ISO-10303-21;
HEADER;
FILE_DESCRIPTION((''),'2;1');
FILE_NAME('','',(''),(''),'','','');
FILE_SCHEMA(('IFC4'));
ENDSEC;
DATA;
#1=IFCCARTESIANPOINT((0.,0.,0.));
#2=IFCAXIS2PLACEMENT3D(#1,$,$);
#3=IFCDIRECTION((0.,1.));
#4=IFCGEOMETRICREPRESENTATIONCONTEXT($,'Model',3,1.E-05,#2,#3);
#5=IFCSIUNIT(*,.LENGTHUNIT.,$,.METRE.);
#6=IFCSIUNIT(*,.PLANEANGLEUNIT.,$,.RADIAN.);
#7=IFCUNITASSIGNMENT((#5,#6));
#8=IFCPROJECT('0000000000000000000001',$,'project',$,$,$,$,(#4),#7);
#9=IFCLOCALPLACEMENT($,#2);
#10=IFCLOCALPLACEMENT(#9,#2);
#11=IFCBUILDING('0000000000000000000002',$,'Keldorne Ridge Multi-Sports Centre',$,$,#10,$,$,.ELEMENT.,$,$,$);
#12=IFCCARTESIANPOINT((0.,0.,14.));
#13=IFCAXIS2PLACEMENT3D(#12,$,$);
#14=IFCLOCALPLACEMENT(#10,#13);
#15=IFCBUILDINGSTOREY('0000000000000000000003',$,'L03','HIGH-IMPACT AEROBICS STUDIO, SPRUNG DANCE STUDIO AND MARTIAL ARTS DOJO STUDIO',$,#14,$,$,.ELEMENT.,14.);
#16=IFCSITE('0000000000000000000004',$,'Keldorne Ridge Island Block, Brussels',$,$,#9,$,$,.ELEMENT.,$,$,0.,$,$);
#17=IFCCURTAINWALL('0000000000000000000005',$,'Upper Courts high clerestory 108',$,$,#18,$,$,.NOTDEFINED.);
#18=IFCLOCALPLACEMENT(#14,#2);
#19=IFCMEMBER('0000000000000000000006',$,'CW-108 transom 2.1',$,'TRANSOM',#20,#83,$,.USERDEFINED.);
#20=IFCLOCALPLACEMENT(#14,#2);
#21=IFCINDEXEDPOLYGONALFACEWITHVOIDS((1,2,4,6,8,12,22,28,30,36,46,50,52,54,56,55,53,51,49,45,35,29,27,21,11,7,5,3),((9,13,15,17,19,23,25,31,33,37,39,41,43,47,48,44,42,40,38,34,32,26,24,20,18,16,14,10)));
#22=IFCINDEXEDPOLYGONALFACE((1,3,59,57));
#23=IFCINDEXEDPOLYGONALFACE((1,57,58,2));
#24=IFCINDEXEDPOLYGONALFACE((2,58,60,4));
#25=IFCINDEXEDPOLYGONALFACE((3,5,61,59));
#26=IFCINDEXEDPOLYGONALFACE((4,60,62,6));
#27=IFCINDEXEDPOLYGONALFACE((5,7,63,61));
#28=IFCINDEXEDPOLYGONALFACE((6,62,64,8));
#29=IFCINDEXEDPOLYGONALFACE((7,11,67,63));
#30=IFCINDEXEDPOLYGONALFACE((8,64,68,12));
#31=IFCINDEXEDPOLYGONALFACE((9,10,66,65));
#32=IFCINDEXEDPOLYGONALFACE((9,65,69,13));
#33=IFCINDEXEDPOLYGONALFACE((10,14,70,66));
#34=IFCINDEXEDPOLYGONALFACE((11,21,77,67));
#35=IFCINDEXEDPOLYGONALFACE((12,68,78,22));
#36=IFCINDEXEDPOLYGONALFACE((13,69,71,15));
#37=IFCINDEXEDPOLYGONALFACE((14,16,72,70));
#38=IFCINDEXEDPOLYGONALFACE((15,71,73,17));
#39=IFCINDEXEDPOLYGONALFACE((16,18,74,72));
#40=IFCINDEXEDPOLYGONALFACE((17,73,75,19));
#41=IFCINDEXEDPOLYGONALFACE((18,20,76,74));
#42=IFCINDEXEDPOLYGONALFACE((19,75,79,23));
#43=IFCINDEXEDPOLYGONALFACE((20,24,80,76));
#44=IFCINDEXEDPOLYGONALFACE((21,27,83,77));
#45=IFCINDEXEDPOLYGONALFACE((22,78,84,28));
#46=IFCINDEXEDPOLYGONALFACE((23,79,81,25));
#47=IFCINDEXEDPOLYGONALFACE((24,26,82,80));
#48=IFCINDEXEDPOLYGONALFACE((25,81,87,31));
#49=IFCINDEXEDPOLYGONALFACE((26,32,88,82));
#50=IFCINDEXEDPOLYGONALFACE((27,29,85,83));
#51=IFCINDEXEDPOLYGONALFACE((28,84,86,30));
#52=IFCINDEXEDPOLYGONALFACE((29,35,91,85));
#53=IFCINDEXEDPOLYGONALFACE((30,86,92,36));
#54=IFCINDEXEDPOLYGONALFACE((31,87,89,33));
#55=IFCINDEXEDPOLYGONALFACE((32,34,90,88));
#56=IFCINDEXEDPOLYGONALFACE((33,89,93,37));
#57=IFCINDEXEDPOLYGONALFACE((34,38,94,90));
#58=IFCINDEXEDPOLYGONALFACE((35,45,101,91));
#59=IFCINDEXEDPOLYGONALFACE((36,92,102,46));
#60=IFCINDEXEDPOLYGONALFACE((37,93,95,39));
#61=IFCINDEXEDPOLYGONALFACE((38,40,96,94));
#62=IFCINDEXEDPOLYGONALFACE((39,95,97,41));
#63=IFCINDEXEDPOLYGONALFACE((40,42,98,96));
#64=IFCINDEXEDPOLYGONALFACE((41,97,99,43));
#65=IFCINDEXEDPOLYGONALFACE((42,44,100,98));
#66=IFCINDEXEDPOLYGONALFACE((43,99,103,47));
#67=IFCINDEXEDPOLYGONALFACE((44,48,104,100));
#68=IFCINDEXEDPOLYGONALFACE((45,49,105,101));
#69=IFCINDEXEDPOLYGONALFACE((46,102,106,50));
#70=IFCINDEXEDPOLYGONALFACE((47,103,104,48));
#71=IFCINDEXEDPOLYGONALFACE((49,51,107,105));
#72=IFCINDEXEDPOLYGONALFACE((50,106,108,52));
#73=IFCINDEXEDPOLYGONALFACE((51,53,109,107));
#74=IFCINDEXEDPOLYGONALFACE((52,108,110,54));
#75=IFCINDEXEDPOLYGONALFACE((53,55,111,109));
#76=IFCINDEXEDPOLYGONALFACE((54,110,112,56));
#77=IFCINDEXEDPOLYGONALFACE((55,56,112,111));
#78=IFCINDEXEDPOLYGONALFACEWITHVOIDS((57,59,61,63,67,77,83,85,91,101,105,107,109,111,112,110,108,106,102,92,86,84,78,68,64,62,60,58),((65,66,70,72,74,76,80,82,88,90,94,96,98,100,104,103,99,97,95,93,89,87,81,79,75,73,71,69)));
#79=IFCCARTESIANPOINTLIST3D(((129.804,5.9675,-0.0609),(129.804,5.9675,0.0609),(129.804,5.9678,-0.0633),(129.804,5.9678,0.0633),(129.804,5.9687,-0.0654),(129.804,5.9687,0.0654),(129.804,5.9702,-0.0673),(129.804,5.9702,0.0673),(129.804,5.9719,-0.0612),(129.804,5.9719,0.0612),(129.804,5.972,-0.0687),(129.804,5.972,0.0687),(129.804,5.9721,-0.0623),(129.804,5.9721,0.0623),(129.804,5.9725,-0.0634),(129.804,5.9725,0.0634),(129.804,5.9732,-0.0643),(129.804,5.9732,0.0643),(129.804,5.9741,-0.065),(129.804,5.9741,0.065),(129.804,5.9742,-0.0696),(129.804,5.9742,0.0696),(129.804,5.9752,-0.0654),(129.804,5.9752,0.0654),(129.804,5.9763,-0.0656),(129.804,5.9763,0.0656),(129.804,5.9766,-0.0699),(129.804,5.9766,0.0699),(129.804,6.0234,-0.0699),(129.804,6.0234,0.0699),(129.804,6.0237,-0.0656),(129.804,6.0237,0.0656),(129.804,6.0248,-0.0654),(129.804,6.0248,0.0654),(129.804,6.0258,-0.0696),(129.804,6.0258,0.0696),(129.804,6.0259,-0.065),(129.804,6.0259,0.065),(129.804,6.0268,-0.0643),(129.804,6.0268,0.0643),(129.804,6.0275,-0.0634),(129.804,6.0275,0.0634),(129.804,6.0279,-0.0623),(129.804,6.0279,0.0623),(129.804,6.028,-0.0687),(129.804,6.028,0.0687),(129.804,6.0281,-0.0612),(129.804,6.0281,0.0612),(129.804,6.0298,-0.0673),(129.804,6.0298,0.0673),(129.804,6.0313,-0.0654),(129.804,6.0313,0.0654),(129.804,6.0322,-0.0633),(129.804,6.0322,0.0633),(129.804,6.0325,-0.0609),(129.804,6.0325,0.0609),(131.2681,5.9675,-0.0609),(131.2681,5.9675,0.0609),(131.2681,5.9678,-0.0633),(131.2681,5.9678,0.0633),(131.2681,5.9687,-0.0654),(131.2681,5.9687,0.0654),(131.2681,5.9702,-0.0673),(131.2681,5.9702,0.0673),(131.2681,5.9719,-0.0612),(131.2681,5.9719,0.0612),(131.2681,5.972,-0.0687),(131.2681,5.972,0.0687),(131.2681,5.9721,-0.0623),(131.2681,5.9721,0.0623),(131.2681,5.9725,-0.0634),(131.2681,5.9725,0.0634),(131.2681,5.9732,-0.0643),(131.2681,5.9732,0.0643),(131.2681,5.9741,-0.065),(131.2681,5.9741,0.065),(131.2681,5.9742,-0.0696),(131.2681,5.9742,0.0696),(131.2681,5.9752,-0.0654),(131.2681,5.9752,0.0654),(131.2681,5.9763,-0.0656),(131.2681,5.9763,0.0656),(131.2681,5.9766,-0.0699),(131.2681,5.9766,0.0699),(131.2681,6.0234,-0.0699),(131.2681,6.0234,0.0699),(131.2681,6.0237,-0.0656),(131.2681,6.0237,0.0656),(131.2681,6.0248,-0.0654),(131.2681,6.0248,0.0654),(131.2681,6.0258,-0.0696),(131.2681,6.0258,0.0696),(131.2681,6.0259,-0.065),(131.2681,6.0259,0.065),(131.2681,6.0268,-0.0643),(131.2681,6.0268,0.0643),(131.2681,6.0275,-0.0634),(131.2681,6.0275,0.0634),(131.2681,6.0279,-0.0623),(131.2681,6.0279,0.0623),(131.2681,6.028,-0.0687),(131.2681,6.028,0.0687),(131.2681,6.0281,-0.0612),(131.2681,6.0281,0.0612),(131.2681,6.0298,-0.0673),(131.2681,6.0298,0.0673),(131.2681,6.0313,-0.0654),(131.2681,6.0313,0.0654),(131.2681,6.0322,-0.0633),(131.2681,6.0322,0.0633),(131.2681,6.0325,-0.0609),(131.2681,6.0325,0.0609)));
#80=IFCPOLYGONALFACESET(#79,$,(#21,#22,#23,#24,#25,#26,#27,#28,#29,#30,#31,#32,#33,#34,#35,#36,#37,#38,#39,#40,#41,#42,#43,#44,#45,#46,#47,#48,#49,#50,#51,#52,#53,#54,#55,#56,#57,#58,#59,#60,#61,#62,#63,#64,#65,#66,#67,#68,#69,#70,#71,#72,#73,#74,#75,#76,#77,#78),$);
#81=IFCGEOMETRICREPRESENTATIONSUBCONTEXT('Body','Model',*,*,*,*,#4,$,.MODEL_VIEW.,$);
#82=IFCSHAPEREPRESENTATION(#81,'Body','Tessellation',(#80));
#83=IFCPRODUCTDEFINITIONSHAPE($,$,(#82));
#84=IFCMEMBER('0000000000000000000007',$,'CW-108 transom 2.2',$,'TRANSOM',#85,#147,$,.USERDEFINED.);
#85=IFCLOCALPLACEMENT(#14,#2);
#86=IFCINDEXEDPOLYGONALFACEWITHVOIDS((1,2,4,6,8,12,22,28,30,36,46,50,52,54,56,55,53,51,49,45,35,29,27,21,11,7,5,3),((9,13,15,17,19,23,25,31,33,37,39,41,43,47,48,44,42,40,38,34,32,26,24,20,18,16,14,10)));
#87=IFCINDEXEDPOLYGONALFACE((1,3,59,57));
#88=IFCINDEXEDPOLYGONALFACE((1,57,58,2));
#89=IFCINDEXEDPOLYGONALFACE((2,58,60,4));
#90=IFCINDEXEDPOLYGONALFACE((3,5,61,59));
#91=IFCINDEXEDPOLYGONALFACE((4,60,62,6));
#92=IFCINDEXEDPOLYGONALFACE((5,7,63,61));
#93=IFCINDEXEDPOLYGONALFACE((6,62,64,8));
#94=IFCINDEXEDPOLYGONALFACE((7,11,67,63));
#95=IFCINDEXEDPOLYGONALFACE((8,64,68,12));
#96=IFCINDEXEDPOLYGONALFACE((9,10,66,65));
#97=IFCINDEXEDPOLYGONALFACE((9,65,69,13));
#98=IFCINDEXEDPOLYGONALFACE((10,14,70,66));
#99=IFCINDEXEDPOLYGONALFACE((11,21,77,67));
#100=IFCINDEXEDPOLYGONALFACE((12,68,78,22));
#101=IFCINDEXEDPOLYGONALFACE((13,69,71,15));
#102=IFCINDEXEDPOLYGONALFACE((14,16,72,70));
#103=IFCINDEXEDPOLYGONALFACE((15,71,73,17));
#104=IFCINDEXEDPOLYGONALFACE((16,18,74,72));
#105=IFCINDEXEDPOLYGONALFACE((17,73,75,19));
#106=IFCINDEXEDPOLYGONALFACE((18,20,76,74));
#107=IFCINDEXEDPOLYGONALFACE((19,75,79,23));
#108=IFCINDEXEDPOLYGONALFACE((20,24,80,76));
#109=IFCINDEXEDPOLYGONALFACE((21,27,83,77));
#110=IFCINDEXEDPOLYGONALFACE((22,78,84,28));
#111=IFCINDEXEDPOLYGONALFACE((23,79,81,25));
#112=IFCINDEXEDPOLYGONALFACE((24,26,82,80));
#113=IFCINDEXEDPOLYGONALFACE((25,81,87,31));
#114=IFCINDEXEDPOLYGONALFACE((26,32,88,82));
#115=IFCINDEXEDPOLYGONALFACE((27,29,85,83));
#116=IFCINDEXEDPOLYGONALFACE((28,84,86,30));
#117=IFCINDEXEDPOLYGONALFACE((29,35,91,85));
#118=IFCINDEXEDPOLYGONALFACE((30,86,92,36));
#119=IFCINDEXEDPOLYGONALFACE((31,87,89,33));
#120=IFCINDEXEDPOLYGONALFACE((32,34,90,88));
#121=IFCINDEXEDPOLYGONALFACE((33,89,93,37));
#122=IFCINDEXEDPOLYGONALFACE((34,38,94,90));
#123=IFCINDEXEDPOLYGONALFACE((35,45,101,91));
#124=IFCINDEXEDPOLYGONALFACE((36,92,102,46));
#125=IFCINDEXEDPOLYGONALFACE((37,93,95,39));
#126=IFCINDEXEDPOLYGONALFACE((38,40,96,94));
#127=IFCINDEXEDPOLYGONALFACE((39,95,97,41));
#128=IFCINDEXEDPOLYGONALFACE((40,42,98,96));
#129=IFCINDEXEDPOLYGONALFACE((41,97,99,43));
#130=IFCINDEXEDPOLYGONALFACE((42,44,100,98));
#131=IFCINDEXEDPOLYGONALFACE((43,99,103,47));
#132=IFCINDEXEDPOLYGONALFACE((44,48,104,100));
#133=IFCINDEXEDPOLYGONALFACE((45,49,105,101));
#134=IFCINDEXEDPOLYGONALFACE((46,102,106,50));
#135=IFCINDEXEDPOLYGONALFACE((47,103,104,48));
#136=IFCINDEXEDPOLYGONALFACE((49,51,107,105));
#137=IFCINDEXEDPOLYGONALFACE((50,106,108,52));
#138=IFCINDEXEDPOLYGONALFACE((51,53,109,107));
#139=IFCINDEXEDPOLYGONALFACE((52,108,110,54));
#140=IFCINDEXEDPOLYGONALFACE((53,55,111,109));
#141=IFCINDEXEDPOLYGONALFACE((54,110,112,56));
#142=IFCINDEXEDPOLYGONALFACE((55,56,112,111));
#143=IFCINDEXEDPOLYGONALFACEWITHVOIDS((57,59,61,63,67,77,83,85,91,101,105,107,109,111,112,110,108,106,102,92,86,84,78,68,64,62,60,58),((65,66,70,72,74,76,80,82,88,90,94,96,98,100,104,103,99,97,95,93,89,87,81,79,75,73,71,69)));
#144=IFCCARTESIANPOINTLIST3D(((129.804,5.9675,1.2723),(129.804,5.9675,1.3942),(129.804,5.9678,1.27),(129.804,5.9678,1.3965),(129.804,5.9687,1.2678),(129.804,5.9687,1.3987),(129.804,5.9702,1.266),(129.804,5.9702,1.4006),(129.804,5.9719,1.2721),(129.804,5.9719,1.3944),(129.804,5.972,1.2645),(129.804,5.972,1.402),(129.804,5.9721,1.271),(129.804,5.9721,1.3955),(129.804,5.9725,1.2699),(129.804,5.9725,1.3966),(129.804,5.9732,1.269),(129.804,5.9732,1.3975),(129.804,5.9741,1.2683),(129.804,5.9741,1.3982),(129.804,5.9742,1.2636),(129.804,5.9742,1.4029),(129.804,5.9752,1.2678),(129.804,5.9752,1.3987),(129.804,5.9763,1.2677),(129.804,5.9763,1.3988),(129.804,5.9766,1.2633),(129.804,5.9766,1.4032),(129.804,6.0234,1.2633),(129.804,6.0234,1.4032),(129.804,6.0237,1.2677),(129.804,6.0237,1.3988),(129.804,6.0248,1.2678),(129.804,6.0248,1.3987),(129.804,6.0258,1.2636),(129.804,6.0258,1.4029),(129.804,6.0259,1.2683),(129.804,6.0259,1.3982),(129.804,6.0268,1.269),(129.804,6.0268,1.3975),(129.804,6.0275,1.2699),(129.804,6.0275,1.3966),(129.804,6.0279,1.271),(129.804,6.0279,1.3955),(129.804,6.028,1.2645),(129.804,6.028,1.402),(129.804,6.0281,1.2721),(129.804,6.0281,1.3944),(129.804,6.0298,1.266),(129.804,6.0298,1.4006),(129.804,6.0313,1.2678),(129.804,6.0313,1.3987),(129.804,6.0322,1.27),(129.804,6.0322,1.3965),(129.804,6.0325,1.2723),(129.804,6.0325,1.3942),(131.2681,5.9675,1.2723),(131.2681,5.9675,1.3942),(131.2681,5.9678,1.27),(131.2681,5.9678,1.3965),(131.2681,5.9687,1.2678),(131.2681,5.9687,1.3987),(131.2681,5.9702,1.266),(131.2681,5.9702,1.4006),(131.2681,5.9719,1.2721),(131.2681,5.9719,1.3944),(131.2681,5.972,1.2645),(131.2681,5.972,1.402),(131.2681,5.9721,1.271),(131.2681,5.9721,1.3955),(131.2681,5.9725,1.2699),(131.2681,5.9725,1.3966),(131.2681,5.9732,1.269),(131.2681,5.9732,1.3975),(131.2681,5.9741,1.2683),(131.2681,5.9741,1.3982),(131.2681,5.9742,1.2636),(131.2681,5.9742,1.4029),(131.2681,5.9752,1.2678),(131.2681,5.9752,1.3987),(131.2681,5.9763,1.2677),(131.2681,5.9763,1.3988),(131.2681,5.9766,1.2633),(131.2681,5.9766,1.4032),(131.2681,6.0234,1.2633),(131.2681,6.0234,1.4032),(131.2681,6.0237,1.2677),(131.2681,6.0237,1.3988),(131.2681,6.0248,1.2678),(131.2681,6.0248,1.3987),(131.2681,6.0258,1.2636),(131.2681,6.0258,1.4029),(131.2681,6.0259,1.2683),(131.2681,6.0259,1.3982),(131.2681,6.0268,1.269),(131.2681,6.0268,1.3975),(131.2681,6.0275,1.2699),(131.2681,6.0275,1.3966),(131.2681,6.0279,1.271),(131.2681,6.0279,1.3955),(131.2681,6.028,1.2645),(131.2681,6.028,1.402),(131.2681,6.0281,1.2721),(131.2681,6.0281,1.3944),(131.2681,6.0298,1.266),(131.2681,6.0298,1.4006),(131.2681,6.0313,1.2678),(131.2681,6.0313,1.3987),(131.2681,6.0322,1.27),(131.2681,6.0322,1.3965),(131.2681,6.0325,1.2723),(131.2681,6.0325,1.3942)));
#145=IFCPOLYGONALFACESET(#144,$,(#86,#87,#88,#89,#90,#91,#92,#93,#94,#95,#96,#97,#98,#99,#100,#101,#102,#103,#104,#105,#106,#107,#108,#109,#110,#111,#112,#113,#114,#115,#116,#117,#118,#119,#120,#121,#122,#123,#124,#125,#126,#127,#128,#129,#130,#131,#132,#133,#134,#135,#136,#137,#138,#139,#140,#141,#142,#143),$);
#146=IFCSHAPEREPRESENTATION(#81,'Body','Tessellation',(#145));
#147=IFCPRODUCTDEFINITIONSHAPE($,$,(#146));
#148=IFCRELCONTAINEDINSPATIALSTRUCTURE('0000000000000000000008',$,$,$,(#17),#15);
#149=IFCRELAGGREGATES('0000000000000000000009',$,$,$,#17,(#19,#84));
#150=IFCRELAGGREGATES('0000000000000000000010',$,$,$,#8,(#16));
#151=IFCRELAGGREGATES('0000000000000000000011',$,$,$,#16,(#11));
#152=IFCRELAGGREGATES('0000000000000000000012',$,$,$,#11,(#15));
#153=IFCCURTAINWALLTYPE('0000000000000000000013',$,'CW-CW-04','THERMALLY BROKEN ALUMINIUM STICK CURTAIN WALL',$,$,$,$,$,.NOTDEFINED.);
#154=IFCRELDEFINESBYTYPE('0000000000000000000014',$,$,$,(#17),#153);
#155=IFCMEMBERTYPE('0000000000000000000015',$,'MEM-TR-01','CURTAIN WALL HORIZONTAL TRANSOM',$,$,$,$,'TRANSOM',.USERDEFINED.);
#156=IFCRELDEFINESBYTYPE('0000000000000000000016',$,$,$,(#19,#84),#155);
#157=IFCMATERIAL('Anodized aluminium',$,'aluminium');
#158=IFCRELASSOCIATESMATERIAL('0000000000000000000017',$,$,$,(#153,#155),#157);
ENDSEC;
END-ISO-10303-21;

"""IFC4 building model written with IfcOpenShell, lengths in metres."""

from ifc_helpers import new_model, si_unit, direction, frame, origin, origin_2d, place, context, subcontext, project, spatial, hollow_rectangle, extrude, material, material_profile, profile_set, type_object, element, aggregate, save


model = new_model("IFC4")

# Units and contexts
model_context = context("Model", 3, precision=1e-05, world=origin(), true_north=direction((0.0, 1.0)))
body_context = subcontext(model_context, "Body", "Model", "MODEL_VIEW")
ifc_project = project(units=[si_unit("LENGTHUNIT", "METRE"), si_unit("PLANEANGLEUNIT", "RADIAN")], contexts=[model_context])

# Site, building, storey
site_placement = place(None, origin())
site = spatial("IfcSite", under=ifc_project, at=site_placement, Name="Keldorne Ridge Island Block, Brussels", CompositionType="ELEMENT", RefElevation=0.0)
building_placement = place(site_placement, origin())
building = spatial("IfcBuilding", under=site, at=building_placement, Name="Keldorne Ridge Multi-Sports Centre", CompositionType="ELEMENT")
storey_placement = place(building_placement, frame((0.0, 0.0, 14.0)))
storey = spatial("IfcBuildingStorey", under=building, at=storey_placement, Name="L03", Description="HIGH-IMPACT AEROBICS STUDIO, SPRUNG DANCE STUDIO AND MARTIAL ARTS DOJO STUDIO", CompositionType="ELEMENT", Elevation=14.0)

# Curtain wall
ifc_material_1 = material(Name="Anodized aluminium", Category="aluminium")
curtain_wall_type_1 = type_object("IfcCurtainWallType", Name="CW-CW-04", Description="THERMALLY BROKEN ALUMINIUM STICK CURTAIN WALL", PredefinedType="NOTDEFINED", material=ifc_material_1)
curtain_wall_1_placement = place(storey_placement, origin())
curtain_wall_1 = element("IfcCurtainWall", 1, at=curtain_wall_1_placement, inside=storey, type_object=curtain_wall_type_1, Name="Upper Courts high clerestory 108", PredefinedType="NOTDEFINED")

# Members
ifc_material_profile_1 = material_profile(ifc_material_1, hollow_rectangle(XDim=0.0649, YDim=0.1399, WallThickness=0.0044, InnerFilletRadius=0.0044, OuterFilletRadius=0.009, at=origin_2d()), Name="ALU TRANSOM 140x65x4.5")
ifc_profile_set_1 = profile_set([ifc_material_profile_1], Name="Anodized aluminium")
member_type_1 = type_object("IfcMemberType", Name="MEM-TR-01", Description="CURTAIN WALL HORIZONTAL TRANSOM", ElementType="TRANSOM", PredefinedType="USERDEFINED", material=ifc_profile_set_1)
member_1_placement = place(storey_placement, frame((129.804, 6.0, 0.0), z_axis=(1.0, 0.0, 0.0), x_axis=(0.0, 1.0, 0.0)))
member_1 = element("IfcMember", 2, at=member_1_placement, type_object=member_type_1, Name="CW-108 transom 2.1", ObjectType="TRANSOM", PredefinedType="USERDEFINED", context=body_context, shape_type="SweptSolid", body=[
    extrude(hollow_rectangle(XDim=0.0649, YDim=0.1399, WallThickness=0.0044, InnerFilletRadius=0.0044, OuterFilletRadius=0.009, at=origin_2d()), origin(), (0.0, 0.0, 1.0), 1.4641),
])
member_2_placement = place(storey_placement, frame((129.804, 6.0, 1.3333), z_axis=(1.0, 0.0, 0.0), x_axis=(0.0, 1.0, 0.0)))
member_2 = element("IfcMember", 3, at=member_2_placement, type_object=member_type_1, Name="CW-108 transom 2.2", ObjectType="TRANSOM", PredefinedType="USERDEFINED", context=body_context, shape_type="SweptSolid", body=[
    extrude(hollow_rectangle(XDim=0.0649, YDim=0.1399, WallThickness=0.0044, InnerFilletRadius=0.0044, OuterFilletRadius=0.009, at=origin_2d()), origin(), (0.0, 0.0, 1.0), 1.4641),
])

aggregate(curtain_wall_1, [member_1, member_2])

save(model, "model.ifc")
